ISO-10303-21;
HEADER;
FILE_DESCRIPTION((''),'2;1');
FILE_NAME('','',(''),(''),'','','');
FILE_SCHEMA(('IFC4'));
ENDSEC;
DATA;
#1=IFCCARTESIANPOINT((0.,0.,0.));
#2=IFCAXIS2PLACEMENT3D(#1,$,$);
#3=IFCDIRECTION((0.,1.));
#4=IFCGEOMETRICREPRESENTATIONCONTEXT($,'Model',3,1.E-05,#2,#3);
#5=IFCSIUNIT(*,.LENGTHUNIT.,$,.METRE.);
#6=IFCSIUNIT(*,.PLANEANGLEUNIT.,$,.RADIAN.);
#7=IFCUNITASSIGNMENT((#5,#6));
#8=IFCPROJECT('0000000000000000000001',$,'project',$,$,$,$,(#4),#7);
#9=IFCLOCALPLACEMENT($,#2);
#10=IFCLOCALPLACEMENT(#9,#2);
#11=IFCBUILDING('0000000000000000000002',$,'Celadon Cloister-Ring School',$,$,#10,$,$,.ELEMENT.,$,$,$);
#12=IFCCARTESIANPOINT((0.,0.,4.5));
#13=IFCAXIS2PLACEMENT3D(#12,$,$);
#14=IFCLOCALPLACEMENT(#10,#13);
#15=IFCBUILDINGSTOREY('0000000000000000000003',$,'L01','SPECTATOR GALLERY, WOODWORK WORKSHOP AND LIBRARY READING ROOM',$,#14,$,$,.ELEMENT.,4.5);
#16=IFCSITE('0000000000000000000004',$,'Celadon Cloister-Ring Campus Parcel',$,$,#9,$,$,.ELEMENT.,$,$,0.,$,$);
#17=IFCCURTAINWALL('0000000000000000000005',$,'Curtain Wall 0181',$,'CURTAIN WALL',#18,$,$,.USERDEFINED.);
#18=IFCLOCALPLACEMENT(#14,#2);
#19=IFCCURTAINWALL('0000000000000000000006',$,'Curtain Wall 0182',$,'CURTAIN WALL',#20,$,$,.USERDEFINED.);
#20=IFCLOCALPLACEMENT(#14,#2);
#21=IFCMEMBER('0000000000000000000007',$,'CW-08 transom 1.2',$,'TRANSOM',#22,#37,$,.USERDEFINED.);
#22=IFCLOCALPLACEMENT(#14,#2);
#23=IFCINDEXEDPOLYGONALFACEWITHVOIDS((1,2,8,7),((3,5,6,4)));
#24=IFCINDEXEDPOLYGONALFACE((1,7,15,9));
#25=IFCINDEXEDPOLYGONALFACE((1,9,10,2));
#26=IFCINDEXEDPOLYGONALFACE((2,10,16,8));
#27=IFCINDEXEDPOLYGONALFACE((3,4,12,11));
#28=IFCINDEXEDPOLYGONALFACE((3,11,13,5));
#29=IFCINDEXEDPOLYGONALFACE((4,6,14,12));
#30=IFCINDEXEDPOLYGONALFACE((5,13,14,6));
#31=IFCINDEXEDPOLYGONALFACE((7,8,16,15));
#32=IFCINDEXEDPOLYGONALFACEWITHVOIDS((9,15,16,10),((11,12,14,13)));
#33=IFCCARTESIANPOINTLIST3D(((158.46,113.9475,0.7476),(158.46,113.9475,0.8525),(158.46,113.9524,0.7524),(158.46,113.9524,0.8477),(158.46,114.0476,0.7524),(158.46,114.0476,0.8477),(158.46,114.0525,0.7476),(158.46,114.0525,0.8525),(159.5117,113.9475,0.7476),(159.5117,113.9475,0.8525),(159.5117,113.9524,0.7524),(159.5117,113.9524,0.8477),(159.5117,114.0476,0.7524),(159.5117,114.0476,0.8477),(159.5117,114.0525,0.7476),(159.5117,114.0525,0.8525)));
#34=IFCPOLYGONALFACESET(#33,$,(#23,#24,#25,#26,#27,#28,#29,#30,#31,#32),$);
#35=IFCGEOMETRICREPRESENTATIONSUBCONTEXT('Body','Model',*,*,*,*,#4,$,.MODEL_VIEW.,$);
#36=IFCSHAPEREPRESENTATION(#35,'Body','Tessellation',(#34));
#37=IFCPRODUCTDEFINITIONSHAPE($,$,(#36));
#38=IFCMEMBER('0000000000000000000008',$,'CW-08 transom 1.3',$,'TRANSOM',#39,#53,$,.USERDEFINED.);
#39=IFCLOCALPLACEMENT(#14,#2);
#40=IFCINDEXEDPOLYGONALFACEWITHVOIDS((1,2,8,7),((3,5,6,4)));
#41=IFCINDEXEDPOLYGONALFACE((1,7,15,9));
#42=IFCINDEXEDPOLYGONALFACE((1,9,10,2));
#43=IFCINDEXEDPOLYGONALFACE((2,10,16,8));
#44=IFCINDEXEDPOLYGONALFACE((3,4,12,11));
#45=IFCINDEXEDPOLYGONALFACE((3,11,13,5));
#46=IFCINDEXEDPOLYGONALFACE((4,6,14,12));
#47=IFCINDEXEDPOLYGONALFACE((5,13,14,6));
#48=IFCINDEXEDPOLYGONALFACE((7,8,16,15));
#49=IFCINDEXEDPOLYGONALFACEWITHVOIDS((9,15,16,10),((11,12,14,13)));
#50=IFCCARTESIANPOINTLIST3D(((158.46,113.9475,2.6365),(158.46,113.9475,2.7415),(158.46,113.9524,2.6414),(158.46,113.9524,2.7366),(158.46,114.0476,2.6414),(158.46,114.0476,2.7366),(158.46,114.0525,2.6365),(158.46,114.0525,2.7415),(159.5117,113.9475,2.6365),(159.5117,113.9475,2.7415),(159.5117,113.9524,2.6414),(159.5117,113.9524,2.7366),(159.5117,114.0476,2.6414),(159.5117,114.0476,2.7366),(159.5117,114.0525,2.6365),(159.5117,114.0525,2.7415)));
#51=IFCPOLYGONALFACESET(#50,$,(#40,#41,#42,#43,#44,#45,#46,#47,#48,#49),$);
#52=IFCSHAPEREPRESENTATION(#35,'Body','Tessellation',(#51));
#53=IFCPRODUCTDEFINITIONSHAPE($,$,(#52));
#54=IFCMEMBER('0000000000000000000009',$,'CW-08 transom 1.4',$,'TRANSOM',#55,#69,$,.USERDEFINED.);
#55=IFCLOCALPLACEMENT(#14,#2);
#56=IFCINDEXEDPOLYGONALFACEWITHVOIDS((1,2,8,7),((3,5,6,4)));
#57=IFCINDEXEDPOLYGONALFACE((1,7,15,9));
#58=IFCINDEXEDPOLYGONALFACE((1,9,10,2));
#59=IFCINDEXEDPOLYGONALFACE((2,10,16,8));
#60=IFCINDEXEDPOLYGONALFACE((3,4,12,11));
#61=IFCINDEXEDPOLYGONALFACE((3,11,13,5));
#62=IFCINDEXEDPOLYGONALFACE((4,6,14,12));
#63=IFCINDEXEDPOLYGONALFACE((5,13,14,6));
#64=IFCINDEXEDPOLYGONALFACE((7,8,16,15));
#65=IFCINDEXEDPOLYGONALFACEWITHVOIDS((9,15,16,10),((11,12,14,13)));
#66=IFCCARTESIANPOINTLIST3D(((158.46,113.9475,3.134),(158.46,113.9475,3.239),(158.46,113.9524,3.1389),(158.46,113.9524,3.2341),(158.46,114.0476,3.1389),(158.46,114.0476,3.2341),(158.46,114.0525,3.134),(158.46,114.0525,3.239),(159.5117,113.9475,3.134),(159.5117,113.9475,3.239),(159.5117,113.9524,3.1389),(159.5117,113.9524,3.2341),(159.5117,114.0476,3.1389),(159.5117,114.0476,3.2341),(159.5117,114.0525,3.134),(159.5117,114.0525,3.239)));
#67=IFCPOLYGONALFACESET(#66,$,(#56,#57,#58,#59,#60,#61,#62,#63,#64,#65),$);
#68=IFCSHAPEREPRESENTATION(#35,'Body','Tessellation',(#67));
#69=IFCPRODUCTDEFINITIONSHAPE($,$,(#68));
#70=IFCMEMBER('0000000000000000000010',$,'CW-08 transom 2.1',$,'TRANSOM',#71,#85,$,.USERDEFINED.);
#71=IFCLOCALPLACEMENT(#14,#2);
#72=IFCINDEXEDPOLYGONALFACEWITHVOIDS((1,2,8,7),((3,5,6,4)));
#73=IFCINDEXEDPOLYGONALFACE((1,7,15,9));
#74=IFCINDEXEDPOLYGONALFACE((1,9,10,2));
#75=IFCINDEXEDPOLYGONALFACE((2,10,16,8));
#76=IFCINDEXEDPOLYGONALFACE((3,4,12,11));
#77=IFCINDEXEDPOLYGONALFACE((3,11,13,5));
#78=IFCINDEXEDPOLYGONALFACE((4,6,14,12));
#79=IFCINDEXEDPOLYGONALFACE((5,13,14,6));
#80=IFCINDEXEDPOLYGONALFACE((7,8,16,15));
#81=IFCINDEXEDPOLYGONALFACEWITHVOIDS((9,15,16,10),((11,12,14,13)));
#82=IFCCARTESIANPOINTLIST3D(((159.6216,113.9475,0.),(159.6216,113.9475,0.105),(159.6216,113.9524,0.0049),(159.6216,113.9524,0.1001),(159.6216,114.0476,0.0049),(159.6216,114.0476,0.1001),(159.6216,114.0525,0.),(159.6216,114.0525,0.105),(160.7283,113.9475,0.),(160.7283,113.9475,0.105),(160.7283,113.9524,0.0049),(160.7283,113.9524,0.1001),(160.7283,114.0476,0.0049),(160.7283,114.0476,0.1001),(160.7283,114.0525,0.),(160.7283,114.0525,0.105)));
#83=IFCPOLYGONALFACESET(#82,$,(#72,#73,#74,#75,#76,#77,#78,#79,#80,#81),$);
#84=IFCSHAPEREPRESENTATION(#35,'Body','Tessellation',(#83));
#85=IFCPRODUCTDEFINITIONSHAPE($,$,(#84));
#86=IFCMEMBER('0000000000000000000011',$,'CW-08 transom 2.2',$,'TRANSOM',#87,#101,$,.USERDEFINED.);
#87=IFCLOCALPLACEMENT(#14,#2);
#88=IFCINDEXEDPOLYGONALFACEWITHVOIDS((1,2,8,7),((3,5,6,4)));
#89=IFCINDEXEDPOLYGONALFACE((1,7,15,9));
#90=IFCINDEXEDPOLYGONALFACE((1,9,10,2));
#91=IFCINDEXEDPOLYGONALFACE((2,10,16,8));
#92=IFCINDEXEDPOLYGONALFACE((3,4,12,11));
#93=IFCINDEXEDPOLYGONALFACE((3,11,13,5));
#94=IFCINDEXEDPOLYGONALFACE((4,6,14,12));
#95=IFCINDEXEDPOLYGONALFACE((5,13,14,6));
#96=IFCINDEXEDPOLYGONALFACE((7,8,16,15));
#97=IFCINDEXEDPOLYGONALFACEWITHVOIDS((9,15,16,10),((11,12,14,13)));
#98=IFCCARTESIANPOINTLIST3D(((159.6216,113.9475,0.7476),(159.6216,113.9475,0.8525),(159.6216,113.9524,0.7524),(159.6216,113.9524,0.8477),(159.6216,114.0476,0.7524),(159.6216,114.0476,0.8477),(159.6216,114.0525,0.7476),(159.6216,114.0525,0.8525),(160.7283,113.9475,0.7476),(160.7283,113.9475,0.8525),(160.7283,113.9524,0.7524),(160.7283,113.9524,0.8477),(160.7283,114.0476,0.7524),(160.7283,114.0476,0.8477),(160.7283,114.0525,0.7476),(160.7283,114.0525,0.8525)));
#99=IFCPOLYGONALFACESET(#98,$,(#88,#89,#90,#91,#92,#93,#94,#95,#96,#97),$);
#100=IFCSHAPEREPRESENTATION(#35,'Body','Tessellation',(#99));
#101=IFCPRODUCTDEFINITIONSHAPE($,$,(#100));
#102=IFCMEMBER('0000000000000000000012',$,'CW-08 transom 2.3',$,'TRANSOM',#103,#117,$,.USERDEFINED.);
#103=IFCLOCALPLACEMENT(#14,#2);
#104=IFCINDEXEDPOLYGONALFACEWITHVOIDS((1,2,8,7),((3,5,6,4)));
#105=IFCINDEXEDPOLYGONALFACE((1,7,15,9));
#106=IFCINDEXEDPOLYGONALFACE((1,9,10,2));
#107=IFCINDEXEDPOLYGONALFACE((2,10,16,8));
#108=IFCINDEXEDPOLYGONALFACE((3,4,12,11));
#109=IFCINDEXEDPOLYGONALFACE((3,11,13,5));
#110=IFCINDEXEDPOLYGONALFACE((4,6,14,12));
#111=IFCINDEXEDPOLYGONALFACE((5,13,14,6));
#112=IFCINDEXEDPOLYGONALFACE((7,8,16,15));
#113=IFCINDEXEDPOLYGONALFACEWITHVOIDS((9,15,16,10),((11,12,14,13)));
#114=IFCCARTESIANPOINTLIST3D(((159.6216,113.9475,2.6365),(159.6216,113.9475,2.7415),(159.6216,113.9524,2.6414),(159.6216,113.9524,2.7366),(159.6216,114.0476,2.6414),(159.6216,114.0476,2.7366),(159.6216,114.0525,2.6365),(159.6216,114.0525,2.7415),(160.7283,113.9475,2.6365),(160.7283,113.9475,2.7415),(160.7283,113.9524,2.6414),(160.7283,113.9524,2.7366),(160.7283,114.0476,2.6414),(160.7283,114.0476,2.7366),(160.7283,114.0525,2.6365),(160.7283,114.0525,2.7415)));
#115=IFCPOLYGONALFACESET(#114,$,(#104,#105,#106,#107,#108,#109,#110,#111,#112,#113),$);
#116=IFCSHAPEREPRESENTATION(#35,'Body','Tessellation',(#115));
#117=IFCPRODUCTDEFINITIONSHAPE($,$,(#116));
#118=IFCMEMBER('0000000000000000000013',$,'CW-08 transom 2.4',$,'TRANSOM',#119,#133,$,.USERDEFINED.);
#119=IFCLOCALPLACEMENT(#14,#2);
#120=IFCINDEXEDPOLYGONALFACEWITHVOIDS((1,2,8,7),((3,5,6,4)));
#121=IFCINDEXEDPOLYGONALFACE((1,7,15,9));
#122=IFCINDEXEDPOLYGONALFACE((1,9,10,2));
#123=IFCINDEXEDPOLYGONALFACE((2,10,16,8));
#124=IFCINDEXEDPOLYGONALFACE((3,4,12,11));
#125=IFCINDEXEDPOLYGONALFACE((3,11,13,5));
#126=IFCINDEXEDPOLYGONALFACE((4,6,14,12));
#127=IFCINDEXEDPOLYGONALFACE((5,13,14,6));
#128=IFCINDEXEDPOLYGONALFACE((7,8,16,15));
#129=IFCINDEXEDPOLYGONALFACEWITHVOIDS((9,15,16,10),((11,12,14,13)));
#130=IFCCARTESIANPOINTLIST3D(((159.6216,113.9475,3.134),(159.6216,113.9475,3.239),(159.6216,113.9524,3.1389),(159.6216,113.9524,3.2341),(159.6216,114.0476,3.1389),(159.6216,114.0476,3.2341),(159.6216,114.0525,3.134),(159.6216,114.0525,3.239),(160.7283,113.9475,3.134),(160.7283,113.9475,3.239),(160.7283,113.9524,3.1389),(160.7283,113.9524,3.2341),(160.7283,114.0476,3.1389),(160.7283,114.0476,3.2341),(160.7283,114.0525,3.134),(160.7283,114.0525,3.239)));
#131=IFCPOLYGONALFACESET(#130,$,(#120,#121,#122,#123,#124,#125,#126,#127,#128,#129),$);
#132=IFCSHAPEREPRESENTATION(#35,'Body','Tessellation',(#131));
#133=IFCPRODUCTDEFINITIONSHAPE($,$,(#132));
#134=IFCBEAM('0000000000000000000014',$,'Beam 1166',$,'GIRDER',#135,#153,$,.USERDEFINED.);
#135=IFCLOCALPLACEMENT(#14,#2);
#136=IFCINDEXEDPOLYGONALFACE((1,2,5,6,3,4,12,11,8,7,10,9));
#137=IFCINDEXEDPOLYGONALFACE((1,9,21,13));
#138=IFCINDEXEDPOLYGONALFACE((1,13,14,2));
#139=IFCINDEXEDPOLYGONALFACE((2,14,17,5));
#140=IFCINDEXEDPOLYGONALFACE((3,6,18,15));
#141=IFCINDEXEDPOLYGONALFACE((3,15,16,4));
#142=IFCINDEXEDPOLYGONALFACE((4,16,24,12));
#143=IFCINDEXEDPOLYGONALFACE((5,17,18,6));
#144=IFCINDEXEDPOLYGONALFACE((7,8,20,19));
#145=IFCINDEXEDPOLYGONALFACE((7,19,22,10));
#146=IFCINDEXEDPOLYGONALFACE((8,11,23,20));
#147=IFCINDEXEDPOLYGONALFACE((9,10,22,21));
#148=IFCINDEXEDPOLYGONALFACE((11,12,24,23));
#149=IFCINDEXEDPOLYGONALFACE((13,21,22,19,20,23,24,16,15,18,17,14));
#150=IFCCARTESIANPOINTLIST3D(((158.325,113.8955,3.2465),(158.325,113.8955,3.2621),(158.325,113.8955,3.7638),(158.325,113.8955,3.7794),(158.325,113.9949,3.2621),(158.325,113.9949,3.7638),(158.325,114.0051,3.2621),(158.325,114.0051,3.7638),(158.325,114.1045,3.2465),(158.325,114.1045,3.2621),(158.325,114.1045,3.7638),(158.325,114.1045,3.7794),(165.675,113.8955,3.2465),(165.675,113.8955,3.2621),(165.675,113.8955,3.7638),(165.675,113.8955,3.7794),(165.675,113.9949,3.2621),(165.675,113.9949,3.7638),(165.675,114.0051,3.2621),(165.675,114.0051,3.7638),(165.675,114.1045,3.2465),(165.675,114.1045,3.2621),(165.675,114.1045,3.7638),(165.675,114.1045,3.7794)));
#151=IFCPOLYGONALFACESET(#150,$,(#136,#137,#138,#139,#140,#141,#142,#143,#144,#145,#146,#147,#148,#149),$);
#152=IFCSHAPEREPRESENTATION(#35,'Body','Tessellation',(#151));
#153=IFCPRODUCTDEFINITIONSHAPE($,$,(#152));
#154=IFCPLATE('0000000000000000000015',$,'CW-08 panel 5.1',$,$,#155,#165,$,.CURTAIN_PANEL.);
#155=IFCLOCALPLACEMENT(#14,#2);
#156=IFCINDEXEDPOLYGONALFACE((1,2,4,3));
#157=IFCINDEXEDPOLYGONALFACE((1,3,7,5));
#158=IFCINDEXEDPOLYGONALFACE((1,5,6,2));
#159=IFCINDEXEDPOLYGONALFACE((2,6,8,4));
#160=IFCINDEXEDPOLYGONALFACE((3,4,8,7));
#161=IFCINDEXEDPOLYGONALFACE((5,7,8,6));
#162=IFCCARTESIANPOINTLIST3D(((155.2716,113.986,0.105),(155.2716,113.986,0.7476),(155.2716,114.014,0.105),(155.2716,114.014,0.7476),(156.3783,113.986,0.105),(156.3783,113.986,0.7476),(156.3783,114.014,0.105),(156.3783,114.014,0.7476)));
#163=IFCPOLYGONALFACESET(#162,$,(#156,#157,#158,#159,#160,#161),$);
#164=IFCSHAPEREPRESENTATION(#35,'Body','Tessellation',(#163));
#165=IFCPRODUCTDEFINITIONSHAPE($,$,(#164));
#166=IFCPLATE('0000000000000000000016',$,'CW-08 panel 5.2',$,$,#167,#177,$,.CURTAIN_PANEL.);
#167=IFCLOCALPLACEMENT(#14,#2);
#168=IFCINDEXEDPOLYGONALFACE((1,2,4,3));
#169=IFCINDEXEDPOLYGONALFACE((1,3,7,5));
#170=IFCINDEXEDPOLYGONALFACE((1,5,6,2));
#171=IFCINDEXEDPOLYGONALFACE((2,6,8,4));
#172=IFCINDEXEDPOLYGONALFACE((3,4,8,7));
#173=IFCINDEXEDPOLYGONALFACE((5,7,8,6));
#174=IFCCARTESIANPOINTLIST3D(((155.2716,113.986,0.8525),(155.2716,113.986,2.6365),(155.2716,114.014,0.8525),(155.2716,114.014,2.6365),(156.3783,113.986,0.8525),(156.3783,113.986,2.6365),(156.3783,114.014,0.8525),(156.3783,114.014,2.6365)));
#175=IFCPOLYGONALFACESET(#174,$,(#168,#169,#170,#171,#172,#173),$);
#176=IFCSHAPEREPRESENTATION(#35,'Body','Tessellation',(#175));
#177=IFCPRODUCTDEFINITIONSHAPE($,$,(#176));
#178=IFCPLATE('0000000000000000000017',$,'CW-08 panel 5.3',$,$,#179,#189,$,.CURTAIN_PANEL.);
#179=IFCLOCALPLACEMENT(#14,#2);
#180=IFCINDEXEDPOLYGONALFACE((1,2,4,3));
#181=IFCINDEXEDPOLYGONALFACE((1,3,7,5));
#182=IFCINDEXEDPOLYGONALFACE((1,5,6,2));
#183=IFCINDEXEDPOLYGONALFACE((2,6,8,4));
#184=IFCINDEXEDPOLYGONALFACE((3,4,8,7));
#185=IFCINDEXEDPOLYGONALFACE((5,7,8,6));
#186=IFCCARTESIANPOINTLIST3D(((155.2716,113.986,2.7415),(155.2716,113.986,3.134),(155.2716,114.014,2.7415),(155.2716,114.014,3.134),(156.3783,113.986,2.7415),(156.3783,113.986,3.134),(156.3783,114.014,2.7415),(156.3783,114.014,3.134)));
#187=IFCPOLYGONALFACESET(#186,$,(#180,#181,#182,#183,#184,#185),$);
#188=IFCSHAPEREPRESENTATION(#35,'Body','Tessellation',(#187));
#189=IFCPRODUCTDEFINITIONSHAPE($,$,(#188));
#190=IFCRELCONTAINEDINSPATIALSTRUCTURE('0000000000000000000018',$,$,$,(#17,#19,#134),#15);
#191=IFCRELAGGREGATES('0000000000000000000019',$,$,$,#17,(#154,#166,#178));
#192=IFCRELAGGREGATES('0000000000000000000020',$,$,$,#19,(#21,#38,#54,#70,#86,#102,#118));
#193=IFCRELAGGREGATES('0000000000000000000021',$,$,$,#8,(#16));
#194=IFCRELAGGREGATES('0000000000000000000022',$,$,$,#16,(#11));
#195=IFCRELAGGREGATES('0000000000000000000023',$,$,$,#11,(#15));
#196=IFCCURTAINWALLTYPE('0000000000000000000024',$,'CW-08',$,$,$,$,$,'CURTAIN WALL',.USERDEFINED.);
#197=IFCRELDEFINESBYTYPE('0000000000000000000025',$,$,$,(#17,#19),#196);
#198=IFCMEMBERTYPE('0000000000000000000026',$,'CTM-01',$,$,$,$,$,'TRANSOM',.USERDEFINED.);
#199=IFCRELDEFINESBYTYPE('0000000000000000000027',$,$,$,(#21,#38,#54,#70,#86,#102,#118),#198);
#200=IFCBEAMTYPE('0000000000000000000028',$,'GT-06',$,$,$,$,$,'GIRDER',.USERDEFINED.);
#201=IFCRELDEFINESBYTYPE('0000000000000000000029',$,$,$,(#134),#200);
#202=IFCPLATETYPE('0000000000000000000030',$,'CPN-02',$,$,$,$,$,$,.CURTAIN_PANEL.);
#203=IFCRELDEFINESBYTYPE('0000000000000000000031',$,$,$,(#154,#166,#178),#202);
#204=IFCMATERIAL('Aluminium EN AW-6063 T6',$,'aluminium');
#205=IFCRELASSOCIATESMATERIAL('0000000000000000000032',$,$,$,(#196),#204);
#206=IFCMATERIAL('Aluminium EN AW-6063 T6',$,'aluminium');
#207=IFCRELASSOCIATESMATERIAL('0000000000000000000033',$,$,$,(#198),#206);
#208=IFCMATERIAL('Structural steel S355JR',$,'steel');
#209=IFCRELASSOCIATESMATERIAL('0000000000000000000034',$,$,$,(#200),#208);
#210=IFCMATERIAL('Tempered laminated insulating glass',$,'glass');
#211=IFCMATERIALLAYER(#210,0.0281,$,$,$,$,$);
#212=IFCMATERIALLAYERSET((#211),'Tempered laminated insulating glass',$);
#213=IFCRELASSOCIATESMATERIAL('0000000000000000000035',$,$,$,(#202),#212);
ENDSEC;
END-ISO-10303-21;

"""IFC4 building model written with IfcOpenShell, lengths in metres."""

from ifc_helpers import new_model, si_unit, direction, frame, origin, origin_2d, place, context, subcontext, project, spatial, rectangle, hollow_rectangle, i_section, extrude, material, layer, layer_set, material_profile, profile_set, type_object, element, aggregate, save


model = new_model("IFC4")

# Units and contexts
model_context = context("Model", 3, precision=1e-05, world=origin(), true_north=direction((0.0, 1.0)))
body_context = subcontext(model_context, "Body", "Model", "MODEL_VIEW")
ifc_project = project(units=[si_unit("LENGTHUNIT", "METRE"), si_unit("PLANEANGLEUNIT", "RADIAN")], contexts=[model_context])

# Site, building, storey
site_placement = place(None, origin())
site = spatial("IfcSite", under=ifc_project, at=site_placement, Name="Celadon Cloister-Ring Campus Parcel", CompositionType="ELEMENT", RefElevation=0.0)
building_placement = place(site_placement, origin())
building = spatial("IfcBuilding", under=site, at=building_placement, Name="Celadon Cloister-Ring School", CompositionType="ELEMENT")
storey_placement = place(building_placement, frame((0.0, 0.0, 4.5)))
storey = spatial("IfcBuildingStorey", under=building, at=storey_placement, Name="L01", Description="SPECTATOR GALLERY, WOODWORK WORKSHOP AND LIBRARY READING ROOM", CompositionType="ELEMENT", Elevation=4.5)

# Curtain walls
ifc_material_1 = material(Name="Aluminium EN AW-6063 T6", Category="aluminium")
curtain_wall_type = type_object("IfcCurtainWallType", Name="CW-08", ElementType="CURTAIN WALL", PredefinedType="USERDEFINED", material=ifc_material_1)
curtain_wall_1_placement = place(storey_placement, origin())
curtain_wall_1 = element("IfcCurtainWall", 1, at=curtain_wall_1_placement, inside=storey, type_object=curtain_wall_type, Name="Curtain Wall 0181", ObjectType="CURTAIN WALL", PredefinedType="USERDEFINED")
curtain_wall_2_placement = place(storey_placement, origin())
curtain_wall_2 = element("IfcCurtainWall", 2, at=curtain_wall_2_placement, inside=storey, type_object=curtain_wall_type, Name="Curtain Wall 0182", ObjectType="CURTAIN WALL", PredefinedType="USERDEFINED")

# Members
ifc_material_2 = material(Name="Aluminium EN AW-6063 T6", Category="aluminium")
ifc_material_profile_1 = material_profile(ifc_material_2, hollow_rectangle(XDim=0.105, YDim=0.105, WallThickness=0.0049, at=origin_2d()), Name="RHS105X105X5")
ifc_profile_set_1 = profile_set([ifc_material_profile_1], Name="Aluminium EN AW-6063 T6")
member_type_1 = type_object("IfcMemberType", Name="CTM-01", ElementType="TRANSOM", PredefinedType="USERDEFINED", material=ifc_profile_set_1)
member_1_placement = place(storey_placement, frame((158.46, 114.0, 0.8), z_axis=(1.0, 0.0, 0.0), x_axis=(0.0, 1.0, 0.0)))
member_1 = element("IfcMember", 3, at=member_1_placement, type_object=member_type_1, Name="CW-08 transom 1.2", ObjectType="TRANSOM", PredefinedType="USERDEFINED", context=body_context, shape_type="SweptSolid", body=[
    extrude(hollow_rectangle(XDim=0.105, YDim=0.105, WallThickness=0.0049, at=origin_2d()), origin(), (0.0, 0.0, 1.0), 1.0518),
])
member_2_placement = place(storey_placement, frame((158.46, 114.0, 2.689), z_axis=(1.0, 0.0, 0.0), x_axis=(0.0, 1.0, 0.0)))
member_2 = element("IfcMember", 4, at=member_2_placement, type_object=member_type_1, Name="CW-08 transom 1.3", ObjectType="TRANSOM", PredefinedType="USERDEFINED", context=body_context, shape_type="SweptSolid", body=[
    extrude(hollow_rectangle(XDim=0.105, YDim=0.105, WallThickness=0.0049, at=origin_2d()), origin(), (0.0, 0.0, 1.0), 1.0518),
])
member_3_placement = place(storey_placement, frame((158.46, 114.0, 3.1865), z_axis=(1.0, 0.0, 0.0), x_axis=(0.0, 1.0, 0.0)))
member_3 = element("IfcMember", 5, at=member_3_placement, type_object=member_type_1, Name="CW-08 transom 1.4", ObjectType="TRANSOM", PredefinedType="USERDEFINED", context=body_context, shape_type="SweptSolid", body=[
    extrude(hollow_rectangle(XDim=0.105, YDim=0.105, WallThickness=0.0049, at=origin_2d()), origin(), (0.0, 0.0, 1.0), 1.0518),
])
member_4_placement = place(storey_placement, frame((159.6216, 114.0, 0.0525), z_axis=(1.0, 0.0, 0.0), x_axis=(0.0, 1.0, 0.0)))
member_4 = element("IfcMember", 6, at=member_4_placement, type_object=member_type_1, Name="CW-08 transom 2.1", ObjectType="TRANSOM", PredefinedType="USERDEFINED", context=body_context, shape_type="SweptSolid", body=[
    extrude(hollow_rectangle(XDim=0.105, YDim=0.105, WallThickness=0.0049, at=origin_2d()), origin(), (0.0, 0.0, 1.0), 1.1067),
])
member_5_placement = place(storey_placement, frame((159.6216, 114.0, 0.8), z_axis=(1.0, 0.0, 0.0), x_axis=(0.0, 1.0, 0.0)))
member_5 = element("IfcMember", 7, at=member_5_placement, type_object=member_type_1, Name="CW-08 transom 2.2", ObjectType="TRANSOM", PredefinedType="USERDEFINED", context=body_context, shape_type="SweptSolid", body=[
    extrude(hollow_rectangle(XDim=0.105, YDim=0.105, WallThickness=0.0049, at=origin_2d()), origin(), (0.0, 0.0, 1.0), 1.1067),
])
member_6_placement = place(storey_placement, frame((159.6216, 114.0, 2.689), z_axis=(1.0, 0.0, 0.0), x_axis=(0.0, 1.0, 0.0)))
member_6 = element("IfcMember", 8, at=member_6_placement, type_object=member_type_1, Name="CW-08 transom 2.3", ObjectType="TRANSOM", PredefinedType="USERDEFINED", context=body_context, shape_type="SweptSolid", body=[
    extrude(hollow_rectangle(XDim=0.105, YDim=0.105, WallThickness=0.0049, at=origin_2d()), origin(), (0.0, 0.0, 1.0), 1.1067),
])
member_7_placement = place(storey_placement, frame((159.6216, 114.0, 3.1865), z_axis=(1.0, 0.0, 0.0), x_axis=(0.0, 1.0, 0.0)))
member_7 = element("IfcMember", 9, at=member_7_placement, type_object=member_type_1, Name="CW-08 transom 2.4", ObjectType="TRANSOM", PredefinedType="USERDEFINED", context=body_context, shape_type="SweptSolid", body=[
    extrude(hollow_rectangle(XDim=0.105, YDim=0.105, WallThickness=0.0049, at=origin_2d()), origin(), (0.0, 0.0, 1.0), 1.1067),
])

# Beam
ifc_material_3 = material(Name="Structural steel S355JR", Category="steel")
ifc_material_profile_2 = material_profile(ifc_material_3, i_section(OverallWidth=0.209, OverallDepth=0.533, WebThickness=0.0103, FlangeThickness=0.0156, at=origin_2d()), Name="W530X92")
ifc_profile_set_2 = profile_set([ifc_material_profile_2], Name="Structural steel S355JR")
beam_type = type_object("IfcBeamType", Name="GT-06", ElementType="GIRDER", PredefinedType="USERDEFINED", material=ifc_profile_set_2)
beam_placement = place(storey_placement, frame((158.325, 114.0, 3.5129), z_axis=(1.0, 0.0, 0.0), x_axis=(0.0, 1.0, 0.0)))
element("IfcBeam", 10, at=beam_placement, inside=storey, type_object=beam_type, Name="Beam 1166", ObjectType="GIRDER", PredefinedType="USERDEFINED", context=body_context, shape_type="SweptSolid", body=[
    extrude(i_section(OverallWidth=0.209, OverallDepth=0.533, WebThickness=0.0103, FlangeThickness=0.0156, at=origin_2d()), origin(), (0.0, 0.0, 1.0), 7.3501),
])

# Plates
ifc_material_4 = material(Name="Tempered laminated insulating glass", Category="glass")
ifc_layer = layer(ifc_material_4, 0.0281)
ifc_layer_set = layer_set([ifc_layer], Name="Tempered laminated insulating glass")
plate_type = type_object("IfcPlateType", Name="CPN-02", PredefinedType="CURTAIN_PANEL", material=ifc_layer_set)
plate_1_placement = place(storey_placement, frame((155.825, 114.0, 0.105), z_axis=(0.0, 0.0, 1.0), x_axis=(1.0, 0.0, 0.0)))
plate_1 = element("IfcPlate", 11, at=plate_1_placement, type_object=plate_type, Name="CW-08 panel 5.1", PredefinedType="CURTAIN_PANEL", context=body_context, shape_type="SweptSolid", body=[
    extrude(rectangle(XDim=1.1067, YDim=0.0281, at=origin_2d()), origin(), (0.0, 0.0, 1.0), 0.6426),
])
plate_2_placement = place(storey_placement, frame((155.825, 114.0, 0.8525), z_axis=(0.0, 0.0, 1.0), x_axis=(1.0, 0.0, 0.0)))
plate_2 = element("IfcPlate", 12, at=plate_2_placement, type_object=plate_type, Name="CW-08 panel 5.2", PredefinedType="CURTAIN_PANEL", context=body_context, shape_type="SweptSolid", body=[
    extrude(rectangle(XDim=1.1067, YDim=0.0281, at=origin_2d()), origin(), (0.0, 0.0, 1.0), 1.7839),
])
plate_3_placement = place(storey_placement, frame((155.825, 114.0, 2.7415), z_axis=(0.0, 0.0, 1.0), x_axis=(1.0, 0.0, 0.0)))
plate_3 = element("IfcPlate", 13, at=plate_3_placement, type_object=plate_type, Name="CW-08 panel 5.3", PredefinedType="CURTAIN_PANEL", context=body_context, shape_type="SweptSolid", body=[
    extrude(rectangle(XDim=1.1067, YDim=0.0281, at=origin_2d()), origin(), (0.0, 0.0, 1.0), 0.3926),
])
aggregate(curtain_wall_1, [plate_1, plate_2, plate_3])
aggregate(curtain_wall_2, [member_1, member_2, member_3, member_4, member_5, member_6, member_7])

save(model, "model.ifc")
